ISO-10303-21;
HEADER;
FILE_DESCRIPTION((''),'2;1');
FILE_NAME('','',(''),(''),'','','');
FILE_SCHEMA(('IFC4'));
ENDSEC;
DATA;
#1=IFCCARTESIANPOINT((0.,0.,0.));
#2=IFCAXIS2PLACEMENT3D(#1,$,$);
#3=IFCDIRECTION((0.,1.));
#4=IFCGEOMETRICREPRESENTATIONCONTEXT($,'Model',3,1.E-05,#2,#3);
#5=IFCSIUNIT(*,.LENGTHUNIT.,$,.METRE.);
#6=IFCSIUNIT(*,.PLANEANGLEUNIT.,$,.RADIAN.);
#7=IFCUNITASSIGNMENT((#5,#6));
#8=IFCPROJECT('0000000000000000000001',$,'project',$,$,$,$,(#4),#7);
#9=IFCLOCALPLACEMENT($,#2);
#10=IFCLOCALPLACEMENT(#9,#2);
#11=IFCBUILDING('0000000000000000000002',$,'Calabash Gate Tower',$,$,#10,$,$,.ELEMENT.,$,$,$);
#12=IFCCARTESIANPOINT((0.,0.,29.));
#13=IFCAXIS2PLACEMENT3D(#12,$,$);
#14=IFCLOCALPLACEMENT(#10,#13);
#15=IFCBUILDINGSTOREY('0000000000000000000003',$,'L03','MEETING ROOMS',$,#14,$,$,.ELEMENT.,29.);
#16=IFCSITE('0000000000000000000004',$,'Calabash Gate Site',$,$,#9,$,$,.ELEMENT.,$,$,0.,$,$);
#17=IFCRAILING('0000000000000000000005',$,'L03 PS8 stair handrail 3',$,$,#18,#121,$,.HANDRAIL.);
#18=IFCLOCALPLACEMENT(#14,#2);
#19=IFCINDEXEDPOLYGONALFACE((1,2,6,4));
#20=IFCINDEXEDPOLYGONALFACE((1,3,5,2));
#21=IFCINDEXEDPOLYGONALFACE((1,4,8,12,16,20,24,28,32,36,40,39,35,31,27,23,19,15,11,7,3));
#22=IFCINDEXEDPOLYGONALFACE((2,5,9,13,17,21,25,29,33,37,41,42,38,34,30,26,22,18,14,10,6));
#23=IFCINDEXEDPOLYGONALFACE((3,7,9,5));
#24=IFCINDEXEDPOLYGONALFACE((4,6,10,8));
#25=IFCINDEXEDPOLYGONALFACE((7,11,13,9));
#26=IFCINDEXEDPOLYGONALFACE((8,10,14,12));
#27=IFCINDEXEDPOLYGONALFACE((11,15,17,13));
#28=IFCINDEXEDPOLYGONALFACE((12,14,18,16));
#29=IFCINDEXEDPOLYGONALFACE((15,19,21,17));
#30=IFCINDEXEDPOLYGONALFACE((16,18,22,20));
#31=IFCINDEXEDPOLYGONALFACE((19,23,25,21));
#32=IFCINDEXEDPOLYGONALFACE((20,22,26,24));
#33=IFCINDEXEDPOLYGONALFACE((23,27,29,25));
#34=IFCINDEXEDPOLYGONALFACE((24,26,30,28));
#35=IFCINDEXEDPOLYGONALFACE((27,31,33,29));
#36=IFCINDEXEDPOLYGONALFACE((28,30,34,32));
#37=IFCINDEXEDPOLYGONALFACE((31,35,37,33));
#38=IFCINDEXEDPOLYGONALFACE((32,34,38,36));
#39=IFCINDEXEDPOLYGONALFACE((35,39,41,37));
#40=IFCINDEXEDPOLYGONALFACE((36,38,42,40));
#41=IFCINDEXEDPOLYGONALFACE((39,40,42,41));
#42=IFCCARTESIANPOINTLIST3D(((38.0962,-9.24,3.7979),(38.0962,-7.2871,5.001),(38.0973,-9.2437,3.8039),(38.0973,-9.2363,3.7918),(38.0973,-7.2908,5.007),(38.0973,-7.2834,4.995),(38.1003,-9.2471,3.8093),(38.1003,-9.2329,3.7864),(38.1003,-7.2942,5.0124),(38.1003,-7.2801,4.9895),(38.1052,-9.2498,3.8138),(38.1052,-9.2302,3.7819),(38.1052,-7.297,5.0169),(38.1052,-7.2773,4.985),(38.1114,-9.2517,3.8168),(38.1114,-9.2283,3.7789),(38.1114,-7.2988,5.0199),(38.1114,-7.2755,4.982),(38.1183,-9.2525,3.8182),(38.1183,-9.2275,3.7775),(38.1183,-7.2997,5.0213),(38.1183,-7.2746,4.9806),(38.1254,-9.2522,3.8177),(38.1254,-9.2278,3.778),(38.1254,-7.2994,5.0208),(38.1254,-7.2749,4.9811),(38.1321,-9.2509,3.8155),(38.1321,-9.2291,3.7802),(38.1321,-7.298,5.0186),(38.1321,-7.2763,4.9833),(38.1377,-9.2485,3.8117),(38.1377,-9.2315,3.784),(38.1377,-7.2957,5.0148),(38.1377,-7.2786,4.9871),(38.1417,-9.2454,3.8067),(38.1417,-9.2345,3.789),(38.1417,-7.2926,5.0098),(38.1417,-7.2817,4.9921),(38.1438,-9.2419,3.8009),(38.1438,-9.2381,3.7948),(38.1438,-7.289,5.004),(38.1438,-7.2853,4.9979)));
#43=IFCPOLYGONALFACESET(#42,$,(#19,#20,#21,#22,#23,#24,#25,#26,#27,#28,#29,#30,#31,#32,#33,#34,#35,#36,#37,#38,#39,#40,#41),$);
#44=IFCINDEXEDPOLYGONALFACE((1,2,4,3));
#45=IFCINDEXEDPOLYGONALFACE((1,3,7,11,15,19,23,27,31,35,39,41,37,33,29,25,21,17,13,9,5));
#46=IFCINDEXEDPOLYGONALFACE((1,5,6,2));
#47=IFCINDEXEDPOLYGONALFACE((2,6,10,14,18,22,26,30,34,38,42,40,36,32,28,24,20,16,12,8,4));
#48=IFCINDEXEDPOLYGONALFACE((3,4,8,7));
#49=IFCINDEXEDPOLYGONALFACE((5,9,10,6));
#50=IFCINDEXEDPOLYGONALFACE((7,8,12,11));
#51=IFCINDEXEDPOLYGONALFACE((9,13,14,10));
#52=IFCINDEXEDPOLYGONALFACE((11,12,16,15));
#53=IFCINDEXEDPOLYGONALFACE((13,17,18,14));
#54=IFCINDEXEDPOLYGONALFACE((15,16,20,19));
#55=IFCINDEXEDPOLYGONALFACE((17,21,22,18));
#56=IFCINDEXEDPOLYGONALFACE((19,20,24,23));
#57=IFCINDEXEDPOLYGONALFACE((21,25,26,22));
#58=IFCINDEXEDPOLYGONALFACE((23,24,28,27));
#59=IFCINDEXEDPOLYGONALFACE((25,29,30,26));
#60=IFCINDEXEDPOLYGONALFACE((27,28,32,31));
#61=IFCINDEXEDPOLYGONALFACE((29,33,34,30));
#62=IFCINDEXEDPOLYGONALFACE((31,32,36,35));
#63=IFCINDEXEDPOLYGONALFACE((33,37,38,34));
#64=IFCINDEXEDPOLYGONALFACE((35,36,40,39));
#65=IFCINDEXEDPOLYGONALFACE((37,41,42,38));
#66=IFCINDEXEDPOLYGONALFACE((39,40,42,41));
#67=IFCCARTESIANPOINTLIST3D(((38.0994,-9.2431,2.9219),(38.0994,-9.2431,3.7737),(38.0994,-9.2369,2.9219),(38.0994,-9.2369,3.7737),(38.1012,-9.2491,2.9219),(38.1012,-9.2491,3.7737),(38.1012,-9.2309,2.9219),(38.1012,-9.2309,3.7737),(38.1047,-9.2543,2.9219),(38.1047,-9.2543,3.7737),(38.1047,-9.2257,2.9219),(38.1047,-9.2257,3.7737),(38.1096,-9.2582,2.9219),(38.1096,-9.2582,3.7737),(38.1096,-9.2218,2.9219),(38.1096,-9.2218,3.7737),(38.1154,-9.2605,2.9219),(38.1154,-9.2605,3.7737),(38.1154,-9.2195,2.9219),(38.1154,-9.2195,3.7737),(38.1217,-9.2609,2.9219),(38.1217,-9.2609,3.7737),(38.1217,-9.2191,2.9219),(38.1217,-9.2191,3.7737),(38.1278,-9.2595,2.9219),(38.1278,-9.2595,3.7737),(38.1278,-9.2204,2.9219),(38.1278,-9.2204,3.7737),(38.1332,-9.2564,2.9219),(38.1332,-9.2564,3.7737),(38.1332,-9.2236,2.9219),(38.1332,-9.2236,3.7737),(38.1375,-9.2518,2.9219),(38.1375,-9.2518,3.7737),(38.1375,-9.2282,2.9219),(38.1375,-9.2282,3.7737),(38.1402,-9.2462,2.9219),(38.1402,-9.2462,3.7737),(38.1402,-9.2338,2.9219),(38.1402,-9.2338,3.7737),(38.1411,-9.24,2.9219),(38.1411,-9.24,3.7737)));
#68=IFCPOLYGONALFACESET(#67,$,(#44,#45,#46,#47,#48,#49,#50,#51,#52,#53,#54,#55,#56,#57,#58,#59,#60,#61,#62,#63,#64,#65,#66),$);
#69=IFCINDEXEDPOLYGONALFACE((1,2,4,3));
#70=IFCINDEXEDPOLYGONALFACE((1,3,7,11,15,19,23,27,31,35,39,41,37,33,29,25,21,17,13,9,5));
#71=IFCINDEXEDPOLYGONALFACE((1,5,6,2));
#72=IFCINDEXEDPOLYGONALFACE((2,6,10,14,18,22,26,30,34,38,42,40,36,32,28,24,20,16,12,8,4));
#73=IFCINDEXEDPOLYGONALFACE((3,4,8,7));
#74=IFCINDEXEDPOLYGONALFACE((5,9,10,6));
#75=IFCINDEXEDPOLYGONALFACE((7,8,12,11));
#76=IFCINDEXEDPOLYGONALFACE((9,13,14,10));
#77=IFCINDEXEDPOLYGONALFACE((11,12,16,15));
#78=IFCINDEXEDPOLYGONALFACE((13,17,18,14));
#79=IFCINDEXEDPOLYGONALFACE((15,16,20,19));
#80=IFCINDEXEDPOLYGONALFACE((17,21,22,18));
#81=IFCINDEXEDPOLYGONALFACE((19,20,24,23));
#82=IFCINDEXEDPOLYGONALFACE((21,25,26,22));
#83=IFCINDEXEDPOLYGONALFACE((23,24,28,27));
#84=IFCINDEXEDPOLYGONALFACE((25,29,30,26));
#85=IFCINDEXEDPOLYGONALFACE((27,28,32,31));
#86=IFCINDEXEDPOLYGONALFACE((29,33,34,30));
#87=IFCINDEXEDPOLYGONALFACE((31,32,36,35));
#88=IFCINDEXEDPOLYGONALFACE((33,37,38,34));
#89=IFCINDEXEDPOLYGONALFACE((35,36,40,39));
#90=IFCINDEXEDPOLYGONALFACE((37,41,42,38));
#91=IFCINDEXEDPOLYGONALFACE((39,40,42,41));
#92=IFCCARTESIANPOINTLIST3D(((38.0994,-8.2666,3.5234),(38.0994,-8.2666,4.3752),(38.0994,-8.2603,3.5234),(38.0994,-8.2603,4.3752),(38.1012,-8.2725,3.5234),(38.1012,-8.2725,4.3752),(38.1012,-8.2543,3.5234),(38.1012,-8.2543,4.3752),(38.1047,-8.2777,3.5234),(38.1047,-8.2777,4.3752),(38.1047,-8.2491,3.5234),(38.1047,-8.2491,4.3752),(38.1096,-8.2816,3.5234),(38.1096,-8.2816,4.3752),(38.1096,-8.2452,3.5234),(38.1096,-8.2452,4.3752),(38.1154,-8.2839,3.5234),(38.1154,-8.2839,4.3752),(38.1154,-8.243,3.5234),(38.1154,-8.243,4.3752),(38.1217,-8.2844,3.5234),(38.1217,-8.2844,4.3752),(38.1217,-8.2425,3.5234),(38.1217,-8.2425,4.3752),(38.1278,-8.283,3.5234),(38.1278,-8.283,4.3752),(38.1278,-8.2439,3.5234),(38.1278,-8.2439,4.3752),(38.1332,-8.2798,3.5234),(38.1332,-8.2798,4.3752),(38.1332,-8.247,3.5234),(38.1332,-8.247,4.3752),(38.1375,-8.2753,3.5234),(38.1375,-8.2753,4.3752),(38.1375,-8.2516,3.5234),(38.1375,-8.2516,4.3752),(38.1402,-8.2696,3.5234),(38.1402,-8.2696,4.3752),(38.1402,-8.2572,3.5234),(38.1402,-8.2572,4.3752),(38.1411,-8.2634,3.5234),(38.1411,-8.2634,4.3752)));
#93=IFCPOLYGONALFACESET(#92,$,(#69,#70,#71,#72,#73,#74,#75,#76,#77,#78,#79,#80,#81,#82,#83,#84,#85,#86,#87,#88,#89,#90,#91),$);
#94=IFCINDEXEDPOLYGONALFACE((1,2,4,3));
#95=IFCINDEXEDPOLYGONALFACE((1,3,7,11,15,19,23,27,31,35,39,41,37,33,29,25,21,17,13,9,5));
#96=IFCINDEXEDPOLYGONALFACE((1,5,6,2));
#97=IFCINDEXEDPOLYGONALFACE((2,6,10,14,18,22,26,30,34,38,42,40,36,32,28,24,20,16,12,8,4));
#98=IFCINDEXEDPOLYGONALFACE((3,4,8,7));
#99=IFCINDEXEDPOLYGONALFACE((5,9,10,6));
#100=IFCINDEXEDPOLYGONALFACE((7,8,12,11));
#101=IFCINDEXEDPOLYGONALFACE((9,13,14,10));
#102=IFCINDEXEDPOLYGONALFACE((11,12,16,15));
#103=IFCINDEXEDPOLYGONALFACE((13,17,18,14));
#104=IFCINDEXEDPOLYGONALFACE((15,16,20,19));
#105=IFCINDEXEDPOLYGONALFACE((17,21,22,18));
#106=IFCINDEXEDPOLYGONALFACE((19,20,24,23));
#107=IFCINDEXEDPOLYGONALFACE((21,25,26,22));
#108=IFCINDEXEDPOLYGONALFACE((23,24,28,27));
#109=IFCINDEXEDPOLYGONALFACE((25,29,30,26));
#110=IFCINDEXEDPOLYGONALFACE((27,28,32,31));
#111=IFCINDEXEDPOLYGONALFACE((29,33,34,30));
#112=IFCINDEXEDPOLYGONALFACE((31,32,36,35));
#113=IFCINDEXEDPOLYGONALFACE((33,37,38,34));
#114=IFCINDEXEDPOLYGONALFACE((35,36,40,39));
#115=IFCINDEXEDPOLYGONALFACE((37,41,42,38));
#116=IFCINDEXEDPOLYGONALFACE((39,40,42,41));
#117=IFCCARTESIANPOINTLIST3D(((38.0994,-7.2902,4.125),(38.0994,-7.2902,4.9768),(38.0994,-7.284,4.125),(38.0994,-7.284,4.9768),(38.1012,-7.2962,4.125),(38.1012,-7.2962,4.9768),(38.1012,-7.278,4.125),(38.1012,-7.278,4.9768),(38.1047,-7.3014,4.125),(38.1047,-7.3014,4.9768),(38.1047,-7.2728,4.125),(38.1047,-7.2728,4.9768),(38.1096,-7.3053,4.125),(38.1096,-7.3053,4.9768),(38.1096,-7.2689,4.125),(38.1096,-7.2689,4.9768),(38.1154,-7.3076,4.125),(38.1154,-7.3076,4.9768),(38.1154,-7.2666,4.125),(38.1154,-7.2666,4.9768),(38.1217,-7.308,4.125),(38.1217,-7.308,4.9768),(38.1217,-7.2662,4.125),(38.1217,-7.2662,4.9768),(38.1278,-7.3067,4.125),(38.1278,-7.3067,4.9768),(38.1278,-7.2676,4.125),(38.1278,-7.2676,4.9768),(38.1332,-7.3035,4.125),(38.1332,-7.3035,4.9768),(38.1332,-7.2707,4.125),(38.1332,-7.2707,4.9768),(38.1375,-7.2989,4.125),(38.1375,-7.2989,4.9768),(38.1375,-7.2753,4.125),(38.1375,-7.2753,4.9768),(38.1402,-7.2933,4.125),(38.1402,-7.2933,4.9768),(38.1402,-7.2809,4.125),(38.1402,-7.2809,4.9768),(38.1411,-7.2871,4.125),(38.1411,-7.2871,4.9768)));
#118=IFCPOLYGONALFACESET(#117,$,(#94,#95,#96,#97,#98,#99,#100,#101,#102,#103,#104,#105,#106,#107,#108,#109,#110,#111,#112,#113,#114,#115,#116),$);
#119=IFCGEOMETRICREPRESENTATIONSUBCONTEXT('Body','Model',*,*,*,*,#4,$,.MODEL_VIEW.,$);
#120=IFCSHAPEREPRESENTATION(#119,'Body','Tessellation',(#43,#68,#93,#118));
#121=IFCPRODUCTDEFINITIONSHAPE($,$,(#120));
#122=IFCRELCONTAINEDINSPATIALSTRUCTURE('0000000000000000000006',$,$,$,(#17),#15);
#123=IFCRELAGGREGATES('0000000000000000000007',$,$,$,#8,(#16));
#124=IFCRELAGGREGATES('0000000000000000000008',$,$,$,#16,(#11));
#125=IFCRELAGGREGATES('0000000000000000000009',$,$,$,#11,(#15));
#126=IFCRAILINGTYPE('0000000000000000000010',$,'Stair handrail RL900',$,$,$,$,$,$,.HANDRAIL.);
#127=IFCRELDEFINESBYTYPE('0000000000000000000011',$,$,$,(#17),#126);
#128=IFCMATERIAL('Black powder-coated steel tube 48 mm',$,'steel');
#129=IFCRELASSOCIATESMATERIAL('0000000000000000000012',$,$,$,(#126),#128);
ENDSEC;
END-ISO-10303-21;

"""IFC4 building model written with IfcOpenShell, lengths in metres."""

from ifc_helpers import new_model, si_unit, direction, frame, origin, origin_2d, place, context, subcontext, project, spatial, circle, extrude, material, type_object, element, save


model = new_model("IFC4")

# Units and contexts
model_context = context("Model", 3, precision=1e-05, world=origin(), true_north=direction((0.0, 1.0)))
body_context = subcontext(model_context, "Body", "Model", "MODEL_VIEW")
ifc_project = project(units=[si_unit("LENGTHUNIT", "METRE"), si_unit("PLANEANGLEUNIT", "RADIAN")], contexts=[model_context])

# Site, building, storey
site_placement = place(None, origin())
site = spatial("IfcSite", under=ifc_project, at=site_placement, Name="Calabash Gate Site", CompositionType="ELEMENT", RefElevation=0.0)
building_placement = place(site_placement, origin())
building = spatial("IfcBuilding", under=site, at=building_placement, Name="Calabash Gate Tower", CompositionType="ELEMENT")
storey_placement = place(building_placement, frame((0.0, 0.0, 29.0)))
storey = spatial("IfcBuildingStorey", under=building, at=storey_placement, Name="L03", Description="MEETING ROOMS", CompositionType="ELEMENT", Elevation=29.0)

# Railing
ifc_material_1 = material(Name="Black powder-coated steel tube 48 mm", Category="steel")
railing_type_1 = type_object("IfcRailingType", Name="Stair handrail RL900", PredefinedType="HANDRAIL", material=ifc_material_1)
railing_1_placement = place(storey_placement, frame((38.1201, -9.24, 2.9219)))
element("IfcRailing", 1, at=railing_1_placement, inside=storey, type_object=railing_type_1, Name="L03 PS8 stair handrail 3", PredefinedType="HANDRAIL", context=body_context, shape_type="SweptSolid", body=[
    extrude(circle(Radius=0.0239, at=origin_2d()), frame((0.0, 0.0, 0.876), z_axis=(0.0, 0.851395, 0.524525), x_axis=(-1.0, 0.0, 0.0)), (0.0, 0.0, 1.0), 2.2937),
    extrude(circle(Radius=0.021, at=origin_2d()), origin(), (0.0, 0.0, 1.0), 0.8518),
    extrude(circle(Radius=0.021, at=origin_2d()), frame((0.0, 0.9766, 0.6016)), (0.0, 0.0, 1.0), 0.8518),
    extrude(circle(Radius=0.021, at=origin_2d()), frame((0.0, 1.9529, 1.2031)), (0.0, 0.0, 1.0), 0.8518),
])

save(model, "model.ifc")
